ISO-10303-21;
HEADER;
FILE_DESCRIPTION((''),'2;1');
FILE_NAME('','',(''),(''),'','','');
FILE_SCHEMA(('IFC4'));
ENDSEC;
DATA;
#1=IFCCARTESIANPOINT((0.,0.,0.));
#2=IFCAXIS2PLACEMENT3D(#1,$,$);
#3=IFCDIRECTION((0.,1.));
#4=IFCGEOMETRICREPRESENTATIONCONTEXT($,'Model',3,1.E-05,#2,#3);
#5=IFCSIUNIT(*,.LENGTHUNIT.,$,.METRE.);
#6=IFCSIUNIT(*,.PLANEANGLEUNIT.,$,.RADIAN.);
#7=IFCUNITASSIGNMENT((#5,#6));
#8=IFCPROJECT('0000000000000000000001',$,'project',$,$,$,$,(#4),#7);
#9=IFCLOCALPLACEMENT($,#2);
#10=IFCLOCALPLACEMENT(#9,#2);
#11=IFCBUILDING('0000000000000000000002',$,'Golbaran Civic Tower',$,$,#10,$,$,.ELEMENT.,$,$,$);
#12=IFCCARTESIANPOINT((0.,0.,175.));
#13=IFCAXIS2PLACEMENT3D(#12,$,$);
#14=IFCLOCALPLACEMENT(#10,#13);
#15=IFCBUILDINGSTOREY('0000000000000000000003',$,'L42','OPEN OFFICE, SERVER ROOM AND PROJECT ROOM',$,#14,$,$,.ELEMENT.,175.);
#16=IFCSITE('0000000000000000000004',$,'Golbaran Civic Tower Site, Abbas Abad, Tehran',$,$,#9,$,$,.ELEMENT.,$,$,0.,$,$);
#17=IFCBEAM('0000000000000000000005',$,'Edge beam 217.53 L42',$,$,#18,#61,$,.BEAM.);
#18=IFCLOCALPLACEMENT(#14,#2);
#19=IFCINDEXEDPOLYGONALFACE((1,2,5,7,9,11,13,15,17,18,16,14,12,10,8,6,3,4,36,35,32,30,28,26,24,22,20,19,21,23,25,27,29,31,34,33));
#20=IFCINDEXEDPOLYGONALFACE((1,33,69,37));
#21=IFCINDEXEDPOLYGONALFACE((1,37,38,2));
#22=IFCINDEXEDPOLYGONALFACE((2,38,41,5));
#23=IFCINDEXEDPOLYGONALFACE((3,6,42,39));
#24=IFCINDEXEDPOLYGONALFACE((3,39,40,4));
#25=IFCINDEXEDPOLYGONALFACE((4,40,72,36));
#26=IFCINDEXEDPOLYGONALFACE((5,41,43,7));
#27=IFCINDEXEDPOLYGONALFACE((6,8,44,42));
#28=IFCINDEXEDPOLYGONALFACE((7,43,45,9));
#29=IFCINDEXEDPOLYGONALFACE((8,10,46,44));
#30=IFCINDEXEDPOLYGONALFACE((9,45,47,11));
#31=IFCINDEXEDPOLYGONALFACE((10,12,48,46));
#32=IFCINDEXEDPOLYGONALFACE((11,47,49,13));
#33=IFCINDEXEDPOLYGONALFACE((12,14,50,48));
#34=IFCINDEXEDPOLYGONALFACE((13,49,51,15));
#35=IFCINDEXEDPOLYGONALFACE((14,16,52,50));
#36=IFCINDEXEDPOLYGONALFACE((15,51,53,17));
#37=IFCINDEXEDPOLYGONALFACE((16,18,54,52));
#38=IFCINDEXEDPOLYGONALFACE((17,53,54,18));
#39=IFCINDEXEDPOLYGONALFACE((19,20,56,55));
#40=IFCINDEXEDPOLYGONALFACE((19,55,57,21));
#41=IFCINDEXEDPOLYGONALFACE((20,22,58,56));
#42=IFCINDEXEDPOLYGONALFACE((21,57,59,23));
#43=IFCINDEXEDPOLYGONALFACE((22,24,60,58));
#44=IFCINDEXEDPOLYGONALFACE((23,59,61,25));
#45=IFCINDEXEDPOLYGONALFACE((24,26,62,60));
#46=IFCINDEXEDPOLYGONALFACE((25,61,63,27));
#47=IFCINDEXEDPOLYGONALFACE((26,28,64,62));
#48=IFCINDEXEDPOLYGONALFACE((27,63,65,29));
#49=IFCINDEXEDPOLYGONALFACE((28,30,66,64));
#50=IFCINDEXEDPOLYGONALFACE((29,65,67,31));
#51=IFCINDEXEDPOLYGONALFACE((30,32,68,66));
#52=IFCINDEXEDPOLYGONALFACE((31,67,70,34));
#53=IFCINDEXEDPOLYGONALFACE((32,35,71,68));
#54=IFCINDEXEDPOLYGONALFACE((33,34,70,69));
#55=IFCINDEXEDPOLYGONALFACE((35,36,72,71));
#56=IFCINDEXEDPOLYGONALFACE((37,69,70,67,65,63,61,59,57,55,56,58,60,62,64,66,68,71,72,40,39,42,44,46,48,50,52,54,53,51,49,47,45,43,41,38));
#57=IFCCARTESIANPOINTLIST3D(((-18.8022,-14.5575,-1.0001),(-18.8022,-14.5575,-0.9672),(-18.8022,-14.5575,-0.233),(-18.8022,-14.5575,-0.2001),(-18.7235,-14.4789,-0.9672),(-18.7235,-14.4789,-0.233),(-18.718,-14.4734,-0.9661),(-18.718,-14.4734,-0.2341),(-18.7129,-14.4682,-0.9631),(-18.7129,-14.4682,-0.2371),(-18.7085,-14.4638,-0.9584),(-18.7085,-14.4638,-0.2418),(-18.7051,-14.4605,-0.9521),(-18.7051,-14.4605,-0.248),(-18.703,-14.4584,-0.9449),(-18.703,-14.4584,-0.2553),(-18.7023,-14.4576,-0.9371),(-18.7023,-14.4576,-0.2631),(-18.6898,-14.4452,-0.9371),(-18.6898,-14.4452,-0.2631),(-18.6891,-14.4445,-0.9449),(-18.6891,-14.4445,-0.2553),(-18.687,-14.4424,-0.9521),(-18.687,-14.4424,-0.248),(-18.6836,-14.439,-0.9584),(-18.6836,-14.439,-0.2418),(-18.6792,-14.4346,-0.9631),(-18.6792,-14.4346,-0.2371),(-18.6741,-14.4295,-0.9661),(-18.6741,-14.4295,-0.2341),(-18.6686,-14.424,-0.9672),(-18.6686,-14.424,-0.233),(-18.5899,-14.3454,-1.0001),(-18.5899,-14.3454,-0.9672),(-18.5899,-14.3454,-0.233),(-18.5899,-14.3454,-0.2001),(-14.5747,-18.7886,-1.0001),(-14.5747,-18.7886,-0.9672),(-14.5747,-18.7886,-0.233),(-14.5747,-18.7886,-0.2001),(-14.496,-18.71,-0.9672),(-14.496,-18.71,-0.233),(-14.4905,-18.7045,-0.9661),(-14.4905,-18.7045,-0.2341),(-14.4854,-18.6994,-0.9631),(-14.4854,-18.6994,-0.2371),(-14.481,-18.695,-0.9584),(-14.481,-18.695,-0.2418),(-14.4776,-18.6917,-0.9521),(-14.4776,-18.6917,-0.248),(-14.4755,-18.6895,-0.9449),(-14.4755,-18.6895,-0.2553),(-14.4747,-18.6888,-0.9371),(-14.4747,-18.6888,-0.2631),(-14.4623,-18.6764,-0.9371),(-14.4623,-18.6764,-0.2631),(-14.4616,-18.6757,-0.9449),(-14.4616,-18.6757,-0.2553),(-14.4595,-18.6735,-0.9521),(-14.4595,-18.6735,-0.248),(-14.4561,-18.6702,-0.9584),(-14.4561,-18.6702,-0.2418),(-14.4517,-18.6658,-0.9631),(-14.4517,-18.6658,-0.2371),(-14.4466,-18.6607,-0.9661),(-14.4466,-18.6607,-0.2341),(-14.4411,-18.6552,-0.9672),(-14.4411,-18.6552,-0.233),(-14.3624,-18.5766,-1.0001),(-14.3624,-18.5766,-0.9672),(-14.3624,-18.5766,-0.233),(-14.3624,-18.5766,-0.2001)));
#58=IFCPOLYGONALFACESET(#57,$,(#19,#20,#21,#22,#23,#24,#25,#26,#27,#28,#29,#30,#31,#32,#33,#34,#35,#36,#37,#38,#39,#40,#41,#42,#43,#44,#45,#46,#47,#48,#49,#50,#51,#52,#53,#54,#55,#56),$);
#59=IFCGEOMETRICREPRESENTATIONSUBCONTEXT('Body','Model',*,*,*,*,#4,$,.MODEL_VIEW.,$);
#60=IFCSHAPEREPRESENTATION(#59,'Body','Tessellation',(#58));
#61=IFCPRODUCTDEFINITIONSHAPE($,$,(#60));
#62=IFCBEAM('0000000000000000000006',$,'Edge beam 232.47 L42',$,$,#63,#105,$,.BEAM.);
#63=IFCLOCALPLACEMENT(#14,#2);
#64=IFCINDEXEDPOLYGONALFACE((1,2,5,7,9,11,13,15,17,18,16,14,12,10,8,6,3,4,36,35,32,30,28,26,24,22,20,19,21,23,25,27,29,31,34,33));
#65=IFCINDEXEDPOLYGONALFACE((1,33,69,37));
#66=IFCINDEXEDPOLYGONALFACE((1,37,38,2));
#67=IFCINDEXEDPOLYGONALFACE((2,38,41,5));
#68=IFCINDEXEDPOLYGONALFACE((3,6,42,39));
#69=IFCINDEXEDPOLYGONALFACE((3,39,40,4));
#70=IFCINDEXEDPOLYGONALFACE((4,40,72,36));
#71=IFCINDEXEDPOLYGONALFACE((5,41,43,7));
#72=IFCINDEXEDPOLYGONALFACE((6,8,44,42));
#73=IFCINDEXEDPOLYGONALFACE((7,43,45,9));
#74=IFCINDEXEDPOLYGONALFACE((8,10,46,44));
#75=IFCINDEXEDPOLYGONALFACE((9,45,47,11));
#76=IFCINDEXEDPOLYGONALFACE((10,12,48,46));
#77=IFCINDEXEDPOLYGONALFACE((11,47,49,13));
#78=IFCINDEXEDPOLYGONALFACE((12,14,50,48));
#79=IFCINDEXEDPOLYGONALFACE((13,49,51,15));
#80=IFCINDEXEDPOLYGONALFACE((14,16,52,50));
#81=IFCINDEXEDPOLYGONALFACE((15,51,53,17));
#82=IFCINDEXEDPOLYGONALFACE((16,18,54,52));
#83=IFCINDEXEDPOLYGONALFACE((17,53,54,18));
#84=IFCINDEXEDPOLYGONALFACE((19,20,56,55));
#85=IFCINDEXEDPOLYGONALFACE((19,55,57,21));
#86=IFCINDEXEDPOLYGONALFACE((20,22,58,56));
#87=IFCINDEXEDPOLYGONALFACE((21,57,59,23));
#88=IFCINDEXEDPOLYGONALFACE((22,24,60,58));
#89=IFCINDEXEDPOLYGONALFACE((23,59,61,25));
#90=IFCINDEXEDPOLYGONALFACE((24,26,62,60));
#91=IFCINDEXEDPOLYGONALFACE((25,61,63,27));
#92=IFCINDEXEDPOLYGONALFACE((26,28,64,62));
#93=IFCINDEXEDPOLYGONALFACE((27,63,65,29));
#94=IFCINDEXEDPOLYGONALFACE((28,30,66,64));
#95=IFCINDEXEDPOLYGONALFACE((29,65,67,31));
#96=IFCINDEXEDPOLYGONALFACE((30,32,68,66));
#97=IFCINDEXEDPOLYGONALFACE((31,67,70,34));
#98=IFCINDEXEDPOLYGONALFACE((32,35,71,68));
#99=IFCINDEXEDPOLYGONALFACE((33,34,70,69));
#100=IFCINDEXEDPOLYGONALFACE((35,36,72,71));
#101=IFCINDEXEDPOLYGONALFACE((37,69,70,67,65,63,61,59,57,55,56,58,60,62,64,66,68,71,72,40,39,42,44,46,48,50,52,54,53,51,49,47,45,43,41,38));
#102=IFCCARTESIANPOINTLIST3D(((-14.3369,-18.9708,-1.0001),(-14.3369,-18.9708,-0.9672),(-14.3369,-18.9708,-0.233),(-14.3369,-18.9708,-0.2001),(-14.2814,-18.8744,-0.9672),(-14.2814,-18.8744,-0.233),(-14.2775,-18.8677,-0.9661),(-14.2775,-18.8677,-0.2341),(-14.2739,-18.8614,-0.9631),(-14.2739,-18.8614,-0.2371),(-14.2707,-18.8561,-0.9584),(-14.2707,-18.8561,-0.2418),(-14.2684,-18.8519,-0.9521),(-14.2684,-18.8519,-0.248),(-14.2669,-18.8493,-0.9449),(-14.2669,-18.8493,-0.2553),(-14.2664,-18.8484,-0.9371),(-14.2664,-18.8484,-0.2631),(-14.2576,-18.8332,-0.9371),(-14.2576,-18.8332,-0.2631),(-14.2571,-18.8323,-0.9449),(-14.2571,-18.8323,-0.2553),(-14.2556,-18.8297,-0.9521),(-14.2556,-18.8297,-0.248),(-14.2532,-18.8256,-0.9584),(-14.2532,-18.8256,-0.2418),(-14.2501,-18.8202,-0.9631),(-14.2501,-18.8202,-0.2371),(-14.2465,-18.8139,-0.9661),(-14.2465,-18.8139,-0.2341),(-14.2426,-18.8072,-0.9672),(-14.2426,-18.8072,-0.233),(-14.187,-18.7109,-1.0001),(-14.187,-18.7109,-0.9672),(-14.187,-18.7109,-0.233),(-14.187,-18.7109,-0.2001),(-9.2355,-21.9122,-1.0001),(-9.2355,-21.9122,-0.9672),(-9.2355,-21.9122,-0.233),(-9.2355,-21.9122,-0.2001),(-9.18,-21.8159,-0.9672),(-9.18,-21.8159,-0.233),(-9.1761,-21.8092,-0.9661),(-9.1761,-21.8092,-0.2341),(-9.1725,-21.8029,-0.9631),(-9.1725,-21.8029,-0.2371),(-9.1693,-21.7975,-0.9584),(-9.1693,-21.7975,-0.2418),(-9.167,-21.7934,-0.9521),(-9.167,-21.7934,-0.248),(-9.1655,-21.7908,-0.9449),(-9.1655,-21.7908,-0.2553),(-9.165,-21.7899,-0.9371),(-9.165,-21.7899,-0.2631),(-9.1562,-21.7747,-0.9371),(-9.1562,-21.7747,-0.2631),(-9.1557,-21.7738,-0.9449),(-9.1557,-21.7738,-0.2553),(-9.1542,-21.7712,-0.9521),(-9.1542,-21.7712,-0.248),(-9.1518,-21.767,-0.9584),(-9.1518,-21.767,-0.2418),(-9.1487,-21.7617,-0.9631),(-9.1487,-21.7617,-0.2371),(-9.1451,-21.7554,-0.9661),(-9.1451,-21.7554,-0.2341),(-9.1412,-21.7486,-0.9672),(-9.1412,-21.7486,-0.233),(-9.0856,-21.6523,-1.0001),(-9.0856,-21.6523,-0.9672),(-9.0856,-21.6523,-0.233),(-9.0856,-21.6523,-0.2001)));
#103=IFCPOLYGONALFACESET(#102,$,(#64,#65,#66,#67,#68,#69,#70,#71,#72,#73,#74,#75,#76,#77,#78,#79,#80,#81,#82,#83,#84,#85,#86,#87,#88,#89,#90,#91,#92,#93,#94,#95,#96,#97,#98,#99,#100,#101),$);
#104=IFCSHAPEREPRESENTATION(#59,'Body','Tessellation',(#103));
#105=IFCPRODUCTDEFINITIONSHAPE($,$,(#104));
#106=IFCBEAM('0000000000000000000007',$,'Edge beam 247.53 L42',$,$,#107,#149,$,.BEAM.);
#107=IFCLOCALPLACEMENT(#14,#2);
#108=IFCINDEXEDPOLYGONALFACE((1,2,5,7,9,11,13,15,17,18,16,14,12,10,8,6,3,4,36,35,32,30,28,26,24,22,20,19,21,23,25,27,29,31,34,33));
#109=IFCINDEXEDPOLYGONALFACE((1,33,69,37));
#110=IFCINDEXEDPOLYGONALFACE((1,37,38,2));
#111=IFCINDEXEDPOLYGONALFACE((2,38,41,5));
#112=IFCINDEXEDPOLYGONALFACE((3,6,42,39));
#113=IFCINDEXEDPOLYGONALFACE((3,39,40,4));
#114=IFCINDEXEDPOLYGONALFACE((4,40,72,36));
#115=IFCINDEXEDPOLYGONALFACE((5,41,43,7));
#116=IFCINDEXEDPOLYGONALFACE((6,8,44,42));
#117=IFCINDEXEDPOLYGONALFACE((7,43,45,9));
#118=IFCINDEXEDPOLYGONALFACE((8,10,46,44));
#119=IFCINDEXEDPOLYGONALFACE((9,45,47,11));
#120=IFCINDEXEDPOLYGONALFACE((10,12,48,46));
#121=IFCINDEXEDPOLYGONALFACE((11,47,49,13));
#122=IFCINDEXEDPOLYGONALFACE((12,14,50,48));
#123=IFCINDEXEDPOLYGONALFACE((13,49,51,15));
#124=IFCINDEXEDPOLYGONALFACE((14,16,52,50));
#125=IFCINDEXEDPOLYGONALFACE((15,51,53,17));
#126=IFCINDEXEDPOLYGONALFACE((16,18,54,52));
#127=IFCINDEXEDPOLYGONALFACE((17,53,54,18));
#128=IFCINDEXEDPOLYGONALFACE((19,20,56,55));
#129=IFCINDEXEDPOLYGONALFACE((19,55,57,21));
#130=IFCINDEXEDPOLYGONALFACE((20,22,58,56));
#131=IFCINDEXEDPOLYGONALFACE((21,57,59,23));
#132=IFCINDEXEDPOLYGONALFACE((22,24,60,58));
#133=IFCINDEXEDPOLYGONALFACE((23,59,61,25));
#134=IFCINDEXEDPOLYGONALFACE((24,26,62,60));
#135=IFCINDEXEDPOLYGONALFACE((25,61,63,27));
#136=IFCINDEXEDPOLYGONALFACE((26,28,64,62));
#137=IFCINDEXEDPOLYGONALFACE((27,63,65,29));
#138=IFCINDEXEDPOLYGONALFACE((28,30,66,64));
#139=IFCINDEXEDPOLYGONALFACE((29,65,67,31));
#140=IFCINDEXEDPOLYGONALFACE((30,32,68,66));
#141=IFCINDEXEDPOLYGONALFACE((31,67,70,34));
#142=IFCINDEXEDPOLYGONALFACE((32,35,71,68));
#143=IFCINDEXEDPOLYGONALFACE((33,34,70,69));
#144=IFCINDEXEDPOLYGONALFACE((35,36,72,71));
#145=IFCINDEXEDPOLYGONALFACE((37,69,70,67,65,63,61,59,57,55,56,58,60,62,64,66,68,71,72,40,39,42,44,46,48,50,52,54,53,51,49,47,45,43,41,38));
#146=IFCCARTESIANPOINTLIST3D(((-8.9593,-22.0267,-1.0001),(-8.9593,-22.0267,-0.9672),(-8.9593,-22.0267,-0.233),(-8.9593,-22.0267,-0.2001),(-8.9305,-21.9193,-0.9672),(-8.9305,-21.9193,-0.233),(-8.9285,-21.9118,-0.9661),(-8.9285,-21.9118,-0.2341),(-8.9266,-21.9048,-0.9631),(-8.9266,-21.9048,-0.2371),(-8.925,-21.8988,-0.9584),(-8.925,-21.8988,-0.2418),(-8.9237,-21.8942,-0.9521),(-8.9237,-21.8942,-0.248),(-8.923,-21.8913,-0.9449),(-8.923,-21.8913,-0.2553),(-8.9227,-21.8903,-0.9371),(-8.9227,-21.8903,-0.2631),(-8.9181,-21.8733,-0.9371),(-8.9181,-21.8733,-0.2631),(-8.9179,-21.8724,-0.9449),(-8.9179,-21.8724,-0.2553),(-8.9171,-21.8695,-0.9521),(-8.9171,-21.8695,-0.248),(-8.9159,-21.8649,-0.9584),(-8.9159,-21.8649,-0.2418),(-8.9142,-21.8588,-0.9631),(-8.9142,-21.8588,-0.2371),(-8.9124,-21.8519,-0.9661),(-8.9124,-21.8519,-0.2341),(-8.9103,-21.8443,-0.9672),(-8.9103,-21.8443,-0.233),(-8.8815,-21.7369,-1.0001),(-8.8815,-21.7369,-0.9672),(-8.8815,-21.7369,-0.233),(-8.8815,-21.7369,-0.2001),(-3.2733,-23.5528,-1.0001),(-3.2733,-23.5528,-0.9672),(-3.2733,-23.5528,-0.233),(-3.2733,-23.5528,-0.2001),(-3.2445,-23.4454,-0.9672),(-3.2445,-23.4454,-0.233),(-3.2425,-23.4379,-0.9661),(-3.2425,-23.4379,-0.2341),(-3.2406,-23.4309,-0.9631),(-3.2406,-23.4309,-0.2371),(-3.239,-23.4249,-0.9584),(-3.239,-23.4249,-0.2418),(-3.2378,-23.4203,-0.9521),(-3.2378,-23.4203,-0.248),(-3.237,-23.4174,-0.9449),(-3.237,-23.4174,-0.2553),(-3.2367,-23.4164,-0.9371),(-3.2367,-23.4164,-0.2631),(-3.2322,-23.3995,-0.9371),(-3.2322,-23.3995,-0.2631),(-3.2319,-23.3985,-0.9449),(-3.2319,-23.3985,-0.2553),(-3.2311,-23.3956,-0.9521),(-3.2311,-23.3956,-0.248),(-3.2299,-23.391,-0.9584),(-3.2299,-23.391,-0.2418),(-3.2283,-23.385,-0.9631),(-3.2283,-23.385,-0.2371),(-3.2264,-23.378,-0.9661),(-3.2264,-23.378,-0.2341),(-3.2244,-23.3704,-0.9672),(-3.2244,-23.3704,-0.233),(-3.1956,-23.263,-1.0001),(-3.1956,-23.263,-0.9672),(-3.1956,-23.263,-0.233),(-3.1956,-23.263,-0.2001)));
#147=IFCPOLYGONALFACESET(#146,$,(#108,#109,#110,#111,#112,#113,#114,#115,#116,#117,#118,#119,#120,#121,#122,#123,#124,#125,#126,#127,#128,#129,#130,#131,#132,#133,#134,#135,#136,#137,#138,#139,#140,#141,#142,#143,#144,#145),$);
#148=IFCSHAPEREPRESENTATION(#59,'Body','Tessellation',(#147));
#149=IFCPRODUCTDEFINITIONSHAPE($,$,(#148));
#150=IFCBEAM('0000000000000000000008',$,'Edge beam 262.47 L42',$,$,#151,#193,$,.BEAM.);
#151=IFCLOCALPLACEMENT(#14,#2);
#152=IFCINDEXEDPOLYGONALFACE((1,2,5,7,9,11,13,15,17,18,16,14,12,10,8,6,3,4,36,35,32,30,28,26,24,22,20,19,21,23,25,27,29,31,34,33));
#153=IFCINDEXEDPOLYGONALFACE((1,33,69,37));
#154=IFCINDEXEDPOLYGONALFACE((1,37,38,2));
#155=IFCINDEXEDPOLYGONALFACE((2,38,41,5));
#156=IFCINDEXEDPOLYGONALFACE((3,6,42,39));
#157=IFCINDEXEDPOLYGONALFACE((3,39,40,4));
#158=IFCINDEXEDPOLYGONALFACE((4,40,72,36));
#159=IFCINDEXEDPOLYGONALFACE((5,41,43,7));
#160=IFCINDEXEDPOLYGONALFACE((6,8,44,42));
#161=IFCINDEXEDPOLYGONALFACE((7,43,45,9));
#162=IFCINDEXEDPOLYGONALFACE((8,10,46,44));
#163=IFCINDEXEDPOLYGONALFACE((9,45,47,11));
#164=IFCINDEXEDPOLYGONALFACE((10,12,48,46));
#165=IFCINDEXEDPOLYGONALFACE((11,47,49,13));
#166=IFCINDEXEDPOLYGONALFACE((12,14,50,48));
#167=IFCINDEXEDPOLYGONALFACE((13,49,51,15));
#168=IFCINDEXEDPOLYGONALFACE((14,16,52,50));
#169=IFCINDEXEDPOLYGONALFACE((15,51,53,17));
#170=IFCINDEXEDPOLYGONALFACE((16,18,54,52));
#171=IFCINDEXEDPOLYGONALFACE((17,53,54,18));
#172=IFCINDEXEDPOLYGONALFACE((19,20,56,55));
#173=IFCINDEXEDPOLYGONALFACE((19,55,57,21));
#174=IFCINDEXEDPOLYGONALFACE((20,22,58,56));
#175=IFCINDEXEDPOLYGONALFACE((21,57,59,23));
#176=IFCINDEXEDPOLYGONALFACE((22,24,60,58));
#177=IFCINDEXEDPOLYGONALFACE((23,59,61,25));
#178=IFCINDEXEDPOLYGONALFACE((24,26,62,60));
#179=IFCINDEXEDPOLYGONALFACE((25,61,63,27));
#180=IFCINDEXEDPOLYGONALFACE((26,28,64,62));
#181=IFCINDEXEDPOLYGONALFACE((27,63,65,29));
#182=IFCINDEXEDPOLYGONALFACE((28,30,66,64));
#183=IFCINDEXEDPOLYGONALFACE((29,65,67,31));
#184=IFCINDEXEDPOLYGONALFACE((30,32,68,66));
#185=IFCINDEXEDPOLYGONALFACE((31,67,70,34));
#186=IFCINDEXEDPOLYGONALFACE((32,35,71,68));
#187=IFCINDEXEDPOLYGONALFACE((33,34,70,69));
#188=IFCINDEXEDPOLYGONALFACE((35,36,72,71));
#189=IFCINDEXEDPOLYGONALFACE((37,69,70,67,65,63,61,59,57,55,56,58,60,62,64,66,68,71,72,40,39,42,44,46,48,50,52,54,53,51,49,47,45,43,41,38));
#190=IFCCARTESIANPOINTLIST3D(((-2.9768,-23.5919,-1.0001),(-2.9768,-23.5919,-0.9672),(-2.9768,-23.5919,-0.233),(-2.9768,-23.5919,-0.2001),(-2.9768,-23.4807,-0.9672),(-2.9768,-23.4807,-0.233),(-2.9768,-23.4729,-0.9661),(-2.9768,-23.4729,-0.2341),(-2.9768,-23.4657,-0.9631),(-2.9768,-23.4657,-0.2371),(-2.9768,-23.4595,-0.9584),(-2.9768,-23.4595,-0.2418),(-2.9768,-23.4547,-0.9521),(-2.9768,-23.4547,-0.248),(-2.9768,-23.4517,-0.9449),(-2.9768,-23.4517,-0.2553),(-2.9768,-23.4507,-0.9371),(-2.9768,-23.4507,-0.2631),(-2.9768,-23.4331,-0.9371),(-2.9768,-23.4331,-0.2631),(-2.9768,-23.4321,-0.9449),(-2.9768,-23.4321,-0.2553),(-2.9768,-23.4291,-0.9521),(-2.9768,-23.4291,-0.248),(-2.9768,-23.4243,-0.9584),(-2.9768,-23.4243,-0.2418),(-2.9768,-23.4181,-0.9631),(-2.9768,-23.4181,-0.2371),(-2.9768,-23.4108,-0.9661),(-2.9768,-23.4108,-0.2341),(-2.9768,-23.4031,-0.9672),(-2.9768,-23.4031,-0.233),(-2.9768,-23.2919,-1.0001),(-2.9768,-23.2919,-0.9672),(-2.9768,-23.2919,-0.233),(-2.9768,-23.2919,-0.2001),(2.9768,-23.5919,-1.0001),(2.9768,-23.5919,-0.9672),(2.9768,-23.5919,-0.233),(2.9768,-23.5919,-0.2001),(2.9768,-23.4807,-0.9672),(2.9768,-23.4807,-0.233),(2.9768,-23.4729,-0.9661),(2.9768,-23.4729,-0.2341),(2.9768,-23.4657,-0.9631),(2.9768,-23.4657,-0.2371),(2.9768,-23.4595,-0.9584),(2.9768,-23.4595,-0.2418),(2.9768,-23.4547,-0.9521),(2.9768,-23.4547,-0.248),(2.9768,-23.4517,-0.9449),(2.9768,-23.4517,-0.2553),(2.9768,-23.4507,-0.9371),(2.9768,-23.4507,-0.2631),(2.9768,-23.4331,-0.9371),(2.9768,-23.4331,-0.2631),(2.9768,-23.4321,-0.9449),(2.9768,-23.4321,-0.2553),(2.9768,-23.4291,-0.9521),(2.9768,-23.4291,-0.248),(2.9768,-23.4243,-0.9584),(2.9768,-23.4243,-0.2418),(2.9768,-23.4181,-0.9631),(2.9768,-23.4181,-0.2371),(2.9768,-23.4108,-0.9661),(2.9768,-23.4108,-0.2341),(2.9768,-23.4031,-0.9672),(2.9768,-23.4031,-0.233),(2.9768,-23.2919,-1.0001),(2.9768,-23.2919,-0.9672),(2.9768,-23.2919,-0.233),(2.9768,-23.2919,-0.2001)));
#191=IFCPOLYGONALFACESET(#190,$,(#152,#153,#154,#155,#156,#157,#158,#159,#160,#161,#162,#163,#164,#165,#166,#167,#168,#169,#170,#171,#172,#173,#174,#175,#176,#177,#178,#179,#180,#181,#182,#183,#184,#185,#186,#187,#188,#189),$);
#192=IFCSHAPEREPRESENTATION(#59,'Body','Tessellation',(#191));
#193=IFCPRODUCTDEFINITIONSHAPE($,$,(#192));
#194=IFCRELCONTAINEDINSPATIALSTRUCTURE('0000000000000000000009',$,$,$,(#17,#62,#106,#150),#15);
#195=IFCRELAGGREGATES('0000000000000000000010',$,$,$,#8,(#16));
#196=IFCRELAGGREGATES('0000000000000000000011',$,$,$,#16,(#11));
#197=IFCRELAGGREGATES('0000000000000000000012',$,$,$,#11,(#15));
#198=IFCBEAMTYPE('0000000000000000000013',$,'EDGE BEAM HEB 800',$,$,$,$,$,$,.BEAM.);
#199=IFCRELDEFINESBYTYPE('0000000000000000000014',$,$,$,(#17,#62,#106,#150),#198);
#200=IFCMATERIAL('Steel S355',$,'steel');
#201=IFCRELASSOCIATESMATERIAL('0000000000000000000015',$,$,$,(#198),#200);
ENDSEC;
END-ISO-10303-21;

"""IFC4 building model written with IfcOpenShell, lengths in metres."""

from ifc_helpers import new_model, si_unit, direction, frame, origin, origin_2d, place, context, subcontext, project, spatial, i_section, extrude, material, material_profile, profile_set, type_object, element, save


model = new_model("IFC4")

# Units and contexts
model_context = context("Model", 3, precision=1e-05, world=origin(), true_north=direction((0.0, 1.0)))
body_context = subcontext(model_context, "Body", "Model", "MODEL_VIEW")
ifc_project = project(units=[si_unit("LENGTHUNIT", "METRE"), si_unit("PLANEANGLEUNIT", "RADIAN")], contexts=[model_context])

# Site, building, storey
site_placement = place(None, origin())
site = spatial("IfcSite", under=ifc_project, at=site_placement, Name="Golbaran Civic Tower Site, Abbas Abad, Tehran", CompositionType="ELEMENT", RefElevation=0.0)
building_placement = place(site_placement, origin())
building = spatial("IfcBuilding", under=site, at=building_placement, Name="Golbaran Civic Tower", CompositionType="ELEMENT")
storey_placement = place(building_placement, frame((0.0, 0.0, 175.0)))
storey = spatial("IfcBuildingStorey", under=building, at=storey_placement, Name="L42", Description="OPEN OFFICE, SERVER ROOM AND PROJECT ROOM", CompositionType="ELEMENT", Elevation=175.0)

# Beams
ifc_material_1 = material(Name="Steel S355", Category="steel")
ifc_material_profile_1 = material_profile(ifc_material_1, i_section(OverallWidth=0.3, OverallDepth=0.8, WebThickness=0.0176, FlangeThickness=0.033, FilletRadius=0.03, at=origin_2d()), Name="HEB 800")
ifc_profile_set_1 = profile_set([ifc_material_profile_1], Name="Steel S355")
beam_type_1 = type_object("IfcBeamType", Name="EDGE BEAM HEB 800", PredefinedType="BEAM", material=ifc_profile_set_1)
beam_1_placement = place(storey_placement, frame((-18.696, -14.4514, -0.6001), z_axis=(0.706801, -0.707413, 0.0), x_axis=(0.707413, 0.706801, 0.0)))
element("IfcBeam", 1, at=beam_1_placement, inside=storey, type_object=beam_type_1, Name="Edge beam 217.53 L42", PredefinedType="BEAM", context=body_context, shape_type="SweptSolid", body=[
    extrude(i_section(OverallWidth=0.3, OverallDepth=0.8, WebThickness=0.0176, FlangeThickness=0.033, FilletRadius=0.03, at=origin_2d()), origin(), (0.0, 0.0, 1.0), 5.9812),
])
beam_2_placement = place(storey_placement, frame((-14.262, -18.8408, -0.6001), z_axis=(0.866308, -0.499511, 0.0), x_axis=(0.499511, 0.866308, 0.0)))
element("IfcBeam", 2, at=beam_2_placement, inside=storey, type_object=beam_type_1, Name="Edge beam 232.47 L42", PredefinedType="BEAM", context=body_context, shape_type="SweptSolid", body=[
    extrude(i_section(OverallWidth=0.3, OverallDepth=0.8, WebThickness=0.0176, FlangeThickness=0.033, FilletRadius=0.03, at=origin_2d()), origin(), (0.0, 0.0, 1.0), 5.8887),
])
beam_3_placement = place(storey_placement, frame((-8.9204, -21.8818, -0.6001), z_axis=(0.965817, -0.259224, 0.0), x_axis=(0.259224, 0.965817, 0.0)))
element("IfcBeam", 3, at=beam_3_placement, inside=storey, type_object=beam_type_1, Name="Edge beam 247.53 L42", PredefinedType="BEAM", context=body_context, shape_type="SweptSolid", body=[
    extrude(i_section(OverallWidth=0.3, OverallDepth=0.8, WebThickness=0.0176, FlangeThickness=0.033, FilletRadius=0.03, at=origin_2d()), origin(), (0.0, 0.0, 1.0), 5.8872),
])
beam_4_placement = place(storey_placement, frame((-2.9768, -23.4419, -0.6001), z_axis=(1.0, 0.0, 0.0), x_axis=(0.0, 1.0, 0.0)))
element("IfcBeam", 4, at=beam_4_placement, inside=storey, type_object=beam_type_1, Name="Edge beam 262.47 L42", PredefinedType="BEAM", context=body_context, shape_type="SweptSolid", body=[
    extrude(i_section(OverallWidth=0.3, OverallDepth=0.8, WebThickness=0.0176, FlangeThickness=0.033, FilletRadius=0.03, at=origin_2d()), origin(), (0.0, 0.0, 1.0), 5.9536),
])

save(model, "model.ifc")
